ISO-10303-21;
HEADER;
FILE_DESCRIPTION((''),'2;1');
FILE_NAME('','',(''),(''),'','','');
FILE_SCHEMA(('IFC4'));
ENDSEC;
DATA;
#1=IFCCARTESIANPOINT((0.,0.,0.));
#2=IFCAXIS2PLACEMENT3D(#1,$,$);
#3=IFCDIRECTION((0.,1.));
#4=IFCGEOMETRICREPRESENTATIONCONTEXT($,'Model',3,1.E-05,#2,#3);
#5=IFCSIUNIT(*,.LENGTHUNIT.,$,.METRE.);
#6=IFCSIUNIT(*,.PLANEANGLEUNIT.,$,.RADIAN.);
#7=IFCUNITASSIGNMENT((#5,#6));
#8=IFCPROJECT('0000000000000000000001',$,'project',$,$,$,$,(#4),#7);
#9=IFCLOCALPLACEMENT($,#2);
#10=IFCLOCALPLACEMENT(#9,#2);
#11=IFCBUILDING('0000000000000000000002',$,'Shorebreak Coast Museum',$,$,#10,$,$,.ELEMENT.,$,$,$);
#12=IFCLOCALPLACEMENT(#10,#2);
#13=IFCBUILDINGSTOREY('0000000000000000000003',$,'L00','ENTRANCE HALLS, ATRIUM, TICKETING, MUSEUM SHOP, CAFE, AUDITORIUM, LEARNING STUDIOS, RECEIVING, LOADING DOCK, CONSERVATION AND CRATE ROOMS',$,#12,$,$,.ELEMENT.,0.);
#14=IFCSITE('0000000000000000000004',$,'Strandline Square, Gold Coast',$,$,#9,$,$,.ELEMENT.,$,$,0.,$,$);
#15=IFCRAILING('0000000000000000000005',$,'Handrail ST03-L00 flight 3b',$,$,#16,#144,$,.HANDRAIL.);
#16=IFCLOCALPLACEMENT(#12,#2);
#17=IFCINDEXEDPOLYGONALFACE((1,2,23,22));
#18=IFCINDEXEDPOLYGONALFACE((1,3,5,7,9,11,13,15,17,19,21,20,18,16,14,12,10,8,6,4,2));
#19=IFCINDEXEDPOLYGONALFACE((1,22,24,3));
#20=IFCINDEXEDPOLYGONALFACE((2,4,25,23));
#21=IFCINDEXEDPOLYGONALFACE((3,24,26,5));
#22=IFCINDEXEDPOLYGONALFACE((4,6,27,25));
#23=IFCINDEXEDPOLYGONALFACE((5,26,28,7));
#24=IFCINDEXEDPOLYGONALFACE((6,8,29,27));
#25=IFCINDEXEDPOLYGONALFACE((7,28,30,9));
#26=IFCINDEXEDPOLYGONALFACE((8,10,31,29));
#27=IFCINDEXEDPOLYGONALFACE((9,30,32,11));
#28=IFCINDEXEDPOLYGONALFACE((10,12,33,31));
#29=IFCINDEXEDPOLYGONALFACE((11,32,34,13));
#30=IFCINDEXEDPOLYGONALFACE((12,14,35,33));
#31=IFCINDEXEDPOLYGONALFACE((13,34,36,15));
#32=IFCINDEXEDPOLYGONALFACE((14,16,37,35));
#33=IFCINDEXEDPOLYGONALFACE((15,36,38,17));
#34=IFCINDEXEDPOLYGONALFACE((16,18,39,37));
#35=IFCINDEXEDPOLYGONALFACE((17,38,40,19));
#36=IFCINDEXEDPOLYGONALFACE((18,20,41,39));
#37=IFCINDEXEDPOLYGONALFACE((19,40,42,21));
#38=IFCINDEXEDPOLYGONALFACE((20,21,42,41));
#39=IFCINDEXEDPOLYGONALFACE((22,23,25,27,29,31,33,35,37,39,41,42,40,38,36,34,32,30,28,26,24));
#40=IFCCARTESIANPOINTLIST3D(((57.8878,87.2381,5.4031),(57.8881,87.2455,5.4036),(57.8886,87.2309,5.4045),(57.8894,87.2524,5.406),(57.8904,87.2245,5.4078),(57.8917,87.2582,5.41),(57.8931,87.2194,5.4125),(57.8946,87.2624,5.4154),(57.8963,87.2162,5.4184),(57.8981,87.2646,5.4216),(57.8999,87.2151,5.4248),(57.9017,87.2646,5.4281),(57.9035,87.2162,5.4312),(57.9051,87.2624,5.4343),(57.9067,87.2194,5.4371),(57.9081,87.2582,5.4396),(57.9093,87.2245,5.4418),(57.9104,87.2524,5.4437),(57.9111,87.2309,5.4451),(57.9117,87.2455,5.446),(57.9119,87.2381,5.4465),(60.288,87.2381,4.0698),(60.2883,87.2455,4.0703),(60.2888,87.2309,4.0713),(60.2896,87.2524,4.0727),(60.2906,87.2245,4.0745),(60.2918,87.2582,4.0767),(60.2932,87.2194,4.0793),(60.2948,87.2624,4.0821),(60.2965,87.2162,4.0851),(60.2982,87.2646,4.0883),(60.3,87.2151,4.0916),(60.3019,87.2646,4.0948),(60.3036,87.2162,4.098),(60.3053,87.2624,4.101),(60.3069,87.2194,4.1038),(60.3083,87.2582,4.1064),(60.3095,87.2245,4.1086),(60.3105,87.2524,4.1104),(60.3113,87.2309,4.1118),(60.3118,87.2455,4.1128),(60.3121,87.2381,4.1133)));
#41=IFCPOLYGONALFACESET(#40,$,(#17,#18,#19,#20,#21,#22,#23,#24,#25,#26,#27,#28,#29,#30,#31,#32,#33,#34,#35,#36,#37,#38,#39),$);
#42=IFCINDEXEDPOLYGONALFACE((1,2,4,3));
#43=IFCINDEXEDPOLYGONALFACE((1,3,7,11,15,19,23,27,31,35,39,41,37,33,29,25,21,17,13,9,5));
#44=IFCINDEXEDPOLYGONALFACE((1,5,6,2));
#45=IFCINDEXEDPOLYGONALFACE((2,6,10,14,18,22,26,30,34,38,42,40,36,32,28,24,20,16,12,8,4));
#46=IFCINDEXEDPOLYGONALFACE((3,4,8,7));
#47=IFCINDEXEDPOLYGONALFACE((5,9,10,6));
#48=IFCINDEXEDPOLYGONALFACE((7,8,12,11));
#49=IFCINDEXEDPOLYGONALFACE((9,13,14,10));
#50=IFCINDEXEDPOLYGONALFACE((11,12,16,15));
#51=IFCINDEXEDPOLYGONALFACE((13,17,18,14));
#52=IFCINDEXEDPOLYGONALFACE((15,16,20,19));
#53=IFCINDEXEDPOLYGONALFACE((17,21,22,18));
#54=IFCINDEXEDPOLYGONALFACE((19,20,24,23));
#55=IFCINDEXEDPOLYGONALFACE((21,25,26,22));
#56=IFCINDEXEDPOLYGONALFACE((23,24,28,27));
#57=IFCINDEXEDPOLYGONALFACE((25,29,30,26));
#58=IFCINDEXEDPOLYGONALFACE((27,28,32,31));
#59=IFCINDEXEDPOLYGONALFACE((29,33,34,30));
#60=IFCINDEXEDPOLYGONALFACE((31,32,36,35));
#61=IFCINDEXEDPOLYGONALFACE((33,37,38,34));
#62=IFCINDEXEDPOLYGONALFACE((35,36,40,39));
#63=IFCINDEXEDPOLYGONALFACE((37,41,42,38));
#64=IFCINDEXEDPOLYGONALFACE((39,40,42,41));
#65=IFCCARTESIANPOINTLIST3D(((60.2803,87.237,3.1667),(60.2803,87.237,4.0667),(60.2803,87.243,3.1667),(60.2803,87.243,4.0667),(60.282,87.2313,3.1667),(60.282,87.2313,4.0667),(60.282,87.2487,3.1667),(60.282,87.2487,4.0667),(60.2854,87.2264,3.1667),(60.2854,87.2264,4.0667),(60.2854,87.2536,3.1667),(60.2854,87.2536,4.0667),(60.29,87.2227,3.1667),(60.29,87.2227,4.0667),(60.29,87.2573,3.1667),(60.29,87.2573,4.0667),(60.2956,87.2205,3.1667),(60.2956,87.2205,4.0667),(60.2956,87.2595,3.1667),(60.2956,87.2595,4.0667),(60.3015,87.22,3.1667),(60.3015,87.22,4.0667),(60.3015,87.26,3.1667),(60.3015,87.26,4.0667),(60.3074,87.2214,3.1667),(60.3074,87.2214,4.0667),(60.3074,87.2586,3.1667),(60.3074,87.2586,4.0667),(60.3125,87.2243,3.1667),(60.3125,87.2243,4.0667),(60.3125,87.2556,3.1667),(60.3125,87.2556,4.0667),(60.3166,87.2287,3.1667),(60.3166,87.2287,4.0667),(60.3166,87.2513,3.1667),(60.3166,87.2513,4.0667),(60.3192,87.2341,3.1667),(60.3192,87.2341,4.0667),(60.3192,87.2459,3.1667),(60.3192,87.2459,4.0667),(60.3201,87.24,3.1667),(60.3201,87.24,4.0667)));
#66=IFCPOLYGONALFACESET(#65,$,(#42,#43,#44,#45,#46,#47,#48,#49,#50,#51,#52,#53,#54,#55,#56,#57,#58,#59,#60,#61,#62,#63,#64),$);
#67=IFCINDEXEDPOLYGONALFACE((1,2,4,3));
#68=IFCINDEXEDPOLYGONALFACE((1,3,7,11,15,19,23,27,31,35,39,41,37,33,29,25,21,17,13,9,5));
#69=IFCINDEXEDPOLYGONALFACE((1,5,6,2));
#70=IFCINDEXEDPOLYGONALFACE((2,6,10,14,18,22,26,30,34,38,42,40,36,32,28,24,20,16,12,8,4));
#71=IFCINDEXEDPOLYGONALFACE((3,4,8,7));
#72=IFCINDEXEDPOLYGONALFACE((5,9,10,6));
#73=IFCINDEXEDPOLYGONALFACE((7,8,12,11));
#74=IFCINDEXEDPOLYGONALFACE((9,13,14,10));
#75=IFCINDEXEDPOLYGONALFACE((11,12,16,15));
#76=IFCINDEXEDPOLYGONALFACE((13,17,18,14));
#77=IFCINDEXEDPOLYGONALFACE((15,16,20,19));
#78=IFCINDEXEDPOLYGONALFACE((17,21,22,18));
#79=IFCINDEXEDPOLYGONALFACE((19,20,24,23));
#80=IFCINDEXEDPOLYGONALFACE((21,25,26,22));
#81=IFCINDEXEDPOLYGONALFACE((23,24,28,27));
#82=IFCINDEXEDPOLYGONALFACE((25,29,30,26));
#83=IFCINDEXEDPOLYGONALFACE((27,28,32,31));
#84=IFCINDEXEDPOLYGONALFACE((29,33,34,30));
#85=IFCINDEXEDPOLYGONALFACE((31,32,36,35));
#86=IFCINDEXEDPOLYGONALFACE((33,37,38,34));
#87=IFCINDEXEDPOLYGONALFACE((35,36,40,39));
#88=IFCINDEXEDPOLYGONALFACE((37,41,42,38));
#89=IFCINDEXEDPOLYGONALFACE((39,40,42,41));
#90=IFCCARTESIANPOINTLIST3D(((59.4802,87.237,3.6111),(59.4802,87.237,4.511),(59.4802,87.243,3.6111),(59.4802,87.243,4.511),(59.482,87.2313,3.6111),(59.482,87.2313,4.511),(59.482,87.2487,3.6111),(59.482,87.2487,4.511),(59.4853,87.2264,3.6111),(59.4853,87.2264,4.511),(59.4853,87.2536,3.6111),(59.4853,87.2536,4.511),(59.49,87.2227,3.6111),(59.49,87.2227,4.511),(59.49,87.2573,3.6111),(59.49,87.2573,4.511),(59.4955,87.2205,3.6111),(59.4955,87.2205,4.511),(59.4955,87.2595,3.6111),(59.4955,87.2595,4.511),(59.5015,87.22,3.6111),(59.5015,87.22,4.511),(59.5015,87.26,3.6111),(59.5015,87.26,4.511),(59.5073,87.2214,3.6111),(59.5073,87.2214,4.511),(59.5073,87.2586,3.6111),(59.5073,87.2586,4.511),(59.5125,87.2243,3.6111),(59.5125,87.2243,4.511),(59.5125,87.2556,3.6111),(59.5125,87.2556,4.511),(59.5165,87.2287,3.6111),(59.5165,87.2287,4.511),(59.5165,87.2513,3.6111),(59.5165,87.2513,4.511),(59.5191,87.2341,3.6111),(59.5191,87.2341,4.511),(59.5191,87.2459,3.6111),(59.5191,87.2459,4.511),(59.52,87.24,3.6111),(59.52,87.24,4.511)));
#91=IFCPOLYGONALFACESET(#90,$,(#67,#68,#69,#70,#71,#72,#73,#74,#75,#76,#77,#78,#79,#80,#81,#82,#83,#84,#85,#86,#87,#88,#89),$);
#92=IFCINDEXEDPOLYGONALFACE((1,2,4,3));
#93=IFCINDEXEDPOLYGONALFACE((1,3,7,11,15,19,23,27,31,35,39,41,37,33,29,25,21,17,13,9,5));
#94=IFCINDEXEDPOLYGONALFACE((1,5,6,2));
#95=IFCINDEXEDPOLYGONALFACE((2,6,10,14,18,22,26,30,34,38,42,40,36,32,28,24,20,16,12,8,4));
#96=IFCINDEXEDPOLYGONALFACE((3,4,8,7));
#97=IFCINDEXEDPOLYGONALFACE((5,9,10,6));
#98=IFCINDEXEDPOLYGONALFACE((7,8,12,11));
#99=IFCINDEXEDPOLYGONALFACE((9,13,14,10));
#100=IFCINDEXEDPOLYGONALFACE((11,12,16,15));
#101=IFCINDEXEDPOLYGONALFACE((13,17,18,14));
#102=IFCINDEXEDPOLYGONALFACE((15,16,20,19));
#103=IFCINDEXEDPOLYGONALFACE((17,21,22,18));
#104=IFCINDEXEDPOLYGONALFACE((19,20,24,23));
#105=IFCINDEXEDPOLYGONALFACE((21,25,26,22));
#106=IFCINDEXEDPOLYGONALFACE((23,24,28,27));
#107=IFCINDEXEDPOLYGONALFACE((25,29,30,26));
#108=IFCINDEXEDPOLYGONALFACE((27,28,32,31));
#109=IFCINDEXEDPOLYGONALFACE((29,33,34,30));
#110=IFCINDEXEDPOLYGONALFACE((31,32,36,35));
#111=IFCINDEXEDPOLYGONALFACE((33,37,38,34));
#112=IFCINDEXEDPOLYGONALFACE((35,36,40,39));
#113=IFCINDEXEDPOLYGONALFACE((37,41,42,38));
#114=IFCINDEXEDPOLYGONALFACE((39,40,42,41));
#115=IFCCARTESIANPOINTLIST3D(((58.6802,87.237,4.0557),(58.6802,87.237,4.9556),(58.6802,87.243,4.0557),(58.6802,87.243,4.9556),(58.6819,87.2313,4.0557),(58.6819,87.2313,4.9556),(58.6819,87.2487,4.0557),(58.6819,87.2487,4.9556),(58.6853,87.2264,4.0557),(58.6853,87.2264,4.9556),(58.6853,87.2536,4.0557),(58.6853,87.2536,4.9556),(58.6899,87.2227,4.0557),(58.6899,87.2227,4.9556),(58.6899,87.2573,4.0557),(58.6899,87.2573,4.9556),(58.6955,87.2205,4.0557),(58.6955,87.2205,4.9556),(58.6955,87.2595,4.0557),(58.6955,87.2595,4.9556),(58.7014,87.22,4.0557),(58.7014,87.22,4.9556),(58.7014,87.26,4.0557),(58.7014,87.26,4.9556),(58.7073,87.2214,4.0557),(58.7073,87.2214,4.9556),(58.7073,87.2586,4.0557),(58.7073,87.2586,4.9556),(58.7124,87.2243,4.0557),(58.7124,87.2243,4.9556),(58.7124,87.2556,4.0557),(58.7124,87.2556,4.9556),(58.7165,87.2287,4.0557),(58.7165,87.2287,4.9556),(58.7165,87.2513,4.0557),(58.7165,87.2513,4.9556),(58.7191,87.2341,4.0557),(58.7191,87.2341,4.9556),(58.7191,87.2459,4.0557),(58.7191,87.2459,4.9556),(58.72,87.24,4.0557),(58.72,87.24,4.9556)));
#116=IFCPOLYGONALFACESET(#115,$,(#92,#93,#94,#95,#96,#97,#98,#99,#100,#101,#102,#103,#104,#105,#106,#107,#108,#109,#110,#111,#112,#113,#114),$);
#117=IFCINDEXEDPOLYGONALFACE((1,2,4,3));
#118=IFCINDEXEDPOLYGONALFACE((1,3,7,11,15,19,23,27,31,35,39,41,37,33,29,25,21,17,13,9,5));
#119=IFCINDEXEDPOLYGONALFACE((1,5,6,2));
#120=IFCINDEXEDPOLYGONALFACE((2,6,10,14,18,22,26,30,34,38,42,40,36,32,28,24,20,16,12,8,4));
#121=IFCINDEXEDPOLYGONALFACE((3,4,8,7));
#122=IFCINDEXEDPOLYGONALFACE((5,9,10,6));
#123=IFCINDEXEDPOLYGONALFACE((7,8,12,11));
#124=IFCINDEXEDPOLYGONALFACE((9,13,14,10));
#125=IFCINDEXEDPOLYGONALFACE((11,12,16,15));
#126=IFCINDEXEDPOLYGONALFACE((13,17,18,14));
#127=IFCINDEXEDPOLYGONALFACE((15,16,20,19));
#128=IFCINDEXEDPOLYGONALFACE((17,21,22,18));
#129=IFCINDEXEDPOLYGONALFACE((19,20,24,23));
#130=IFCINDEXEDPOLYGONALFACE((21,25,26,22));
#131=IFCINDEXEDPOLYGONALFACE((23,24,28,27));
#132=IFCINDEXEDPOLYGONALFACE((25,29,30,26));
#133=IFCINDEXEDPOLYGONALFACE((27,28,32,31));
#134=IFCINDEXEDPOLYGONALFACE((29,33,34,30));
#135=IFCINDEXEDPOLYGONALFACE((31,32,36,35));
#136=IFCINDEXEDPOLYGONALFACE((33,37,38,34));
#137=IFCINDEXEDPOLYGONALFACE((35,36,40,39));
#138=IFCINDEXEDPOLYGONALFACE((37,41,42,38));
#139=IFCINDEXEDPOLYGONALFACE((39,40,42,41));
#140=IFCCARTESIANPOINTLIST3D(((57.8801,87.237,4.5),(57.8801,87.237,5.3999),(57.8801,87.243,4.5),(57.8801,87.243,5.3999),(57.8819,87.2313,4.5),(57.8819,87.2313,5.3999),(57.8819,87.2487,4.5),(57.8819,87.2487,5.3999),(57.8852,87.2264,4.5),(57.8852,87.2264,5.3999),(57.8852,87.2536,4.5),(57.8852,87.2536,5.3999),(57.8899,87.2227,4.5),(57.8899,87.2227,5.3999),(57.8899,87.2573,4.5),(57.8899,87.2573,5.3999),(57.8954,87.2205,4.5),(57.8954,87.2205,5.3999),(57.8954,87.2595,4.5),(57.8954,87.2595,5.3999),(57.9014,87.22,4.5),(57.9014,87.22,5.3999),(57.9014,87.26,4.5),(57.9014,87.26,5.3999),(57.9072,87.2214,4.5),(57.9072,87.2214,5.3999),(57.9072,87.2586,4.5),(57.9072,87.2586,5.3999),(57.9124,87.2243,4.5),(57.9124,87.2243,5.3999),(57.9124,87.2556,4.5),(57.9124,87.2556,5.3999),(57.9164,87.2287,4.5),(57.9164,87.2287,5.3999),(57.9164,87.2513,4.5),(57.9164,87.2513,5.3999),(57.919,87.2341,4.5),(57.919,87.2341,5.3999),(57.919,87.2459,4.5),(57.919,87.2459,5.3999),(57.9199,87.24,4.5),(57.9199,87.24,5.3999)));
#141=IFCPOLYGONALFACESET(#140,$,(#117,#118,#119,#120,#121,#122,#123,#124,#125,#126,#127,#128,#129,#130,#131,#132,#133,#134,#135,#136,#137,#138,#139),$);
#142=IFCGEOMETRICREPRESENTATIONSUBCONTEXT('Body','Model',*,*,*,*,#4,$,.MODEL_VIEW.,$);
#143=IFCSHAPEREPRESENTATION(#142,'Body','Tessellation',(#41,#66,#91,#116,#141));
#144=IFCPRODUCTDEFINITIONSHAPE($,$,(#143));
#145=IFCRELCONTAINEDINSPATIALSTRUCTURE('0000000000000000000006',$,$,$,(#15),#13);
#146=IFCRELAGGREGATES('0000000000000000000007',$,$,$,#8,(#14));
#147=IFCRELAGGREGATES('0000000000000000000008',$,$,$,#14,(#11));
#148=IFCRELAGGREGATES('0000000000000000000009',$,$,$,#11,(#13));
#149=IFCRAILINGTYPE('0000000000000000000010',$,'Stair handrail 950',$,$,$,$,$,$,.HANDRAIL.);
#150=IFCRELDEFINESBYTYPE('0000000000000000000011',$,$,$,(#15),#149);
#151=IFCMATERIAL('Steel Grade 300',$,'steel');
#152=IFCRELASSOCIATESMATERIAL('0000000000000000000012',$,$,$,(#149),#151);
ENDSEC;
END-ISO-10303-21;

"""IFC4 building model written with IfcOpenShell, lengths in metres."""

from ifc_helpers import new_model, si_unit, direction, frame, origin, origin_2d, place, context, subcontext, project, spatial, circle, extrude, material, type_object, element, save


model = new_model("IFC4")

# Units and contexts
model_context = context("Model", 3, precision=1e-05, world=origin(), true_north=direction((0.0, 1.0)))
body_context = subcontext(model_context, "Body", "Model", "MODEL_VIEW")
ifc_project = project(units=[si_unit("LENGTHUNIT", "METRE"), si_unit("PLANEANGLEUNIT", "RADIAN")], contexts=[model_context])

# Site, building, storey
site_placement = place(None, origin())
site = spatial("IfcSite", under=ifc_project, at=site_placement, Name="Strandline Square, Gold Coast", CompositionType="ELEMENT", RefElevation=0.0)
building_placement = place(site_placement, origin())
building = spatial("IfcBuilding", under=site, at=building_placement, Name="Shorebreak Coast Museum", CompositionType="ELEMENT")
storey_placement = place(building_placement, origin())
storey = spatial("IfcBuildingStorey", under=building, at=storey_placement, Name="L00", Description="ENTRANCE HALLS, ATRIUM, TICKETING, MUSEUM SHOP, CAFE, AUDITORIUM, LEARNING STUDIOS, RECEIVING, LOADING DOCK, CONSERVATION AND CRATE ROOMS", CompositionType="ELEMENT", Elevation=0.0)

# Railing
ifc_material_1 = material(Name="Steel Grade 300", Category="steel")
railing_type_1 = type_object("IfcRailingType", Name="Stair handrail 950", PredefinedType="HANDRAIL", material=ifc_material_1)
for number, where, name in (
    (1, (60.3, 87.24, 3.1667), "Handrail ST03-L00 flight 3b"),
):
    element("IfcRailing", number, at=place(storey_placement, frame(where)), inside=storey, type_object=railing_type_1, Name=name, PredefinedType="HANDRAIL", context=body_context, shape_type="SweptSolid", body=[
        extrude(circle(Radius=0.0249, at=origin_2d()), frame((0.0, 0.0, 0.9248), z_axis=(-0.874182, 0.0, 0.485598), x_axis=(0.0, -1.0, 0.0)), (0.0, 0.0, 1.0), 2.7456),
        extrude(circle(Radius=0.02, at=origin_2d()), origin(), (0.0, 0.0, 1.0), 0.8999),
        extrude(circle(Radius=0.02, at=origin_2d()), frame((-0.8, 0.0, 0.4443)), (0.0, 0.0, 1.0), 0.8999),
        extrude(circle(Radius=0.02, at=origin_2d()), frame((-1.6001, 0.0, 0.8889)), (0.0, 0.0, 1.0), 0.8999),
        extrude(circle(Radius=0.02, at=origin_2d()), frame((-2.4001, 0.0, 1.3333)), (0.0, 0.0, 1.0), 0.8999),
    ])

save(model, "model.ifc")
